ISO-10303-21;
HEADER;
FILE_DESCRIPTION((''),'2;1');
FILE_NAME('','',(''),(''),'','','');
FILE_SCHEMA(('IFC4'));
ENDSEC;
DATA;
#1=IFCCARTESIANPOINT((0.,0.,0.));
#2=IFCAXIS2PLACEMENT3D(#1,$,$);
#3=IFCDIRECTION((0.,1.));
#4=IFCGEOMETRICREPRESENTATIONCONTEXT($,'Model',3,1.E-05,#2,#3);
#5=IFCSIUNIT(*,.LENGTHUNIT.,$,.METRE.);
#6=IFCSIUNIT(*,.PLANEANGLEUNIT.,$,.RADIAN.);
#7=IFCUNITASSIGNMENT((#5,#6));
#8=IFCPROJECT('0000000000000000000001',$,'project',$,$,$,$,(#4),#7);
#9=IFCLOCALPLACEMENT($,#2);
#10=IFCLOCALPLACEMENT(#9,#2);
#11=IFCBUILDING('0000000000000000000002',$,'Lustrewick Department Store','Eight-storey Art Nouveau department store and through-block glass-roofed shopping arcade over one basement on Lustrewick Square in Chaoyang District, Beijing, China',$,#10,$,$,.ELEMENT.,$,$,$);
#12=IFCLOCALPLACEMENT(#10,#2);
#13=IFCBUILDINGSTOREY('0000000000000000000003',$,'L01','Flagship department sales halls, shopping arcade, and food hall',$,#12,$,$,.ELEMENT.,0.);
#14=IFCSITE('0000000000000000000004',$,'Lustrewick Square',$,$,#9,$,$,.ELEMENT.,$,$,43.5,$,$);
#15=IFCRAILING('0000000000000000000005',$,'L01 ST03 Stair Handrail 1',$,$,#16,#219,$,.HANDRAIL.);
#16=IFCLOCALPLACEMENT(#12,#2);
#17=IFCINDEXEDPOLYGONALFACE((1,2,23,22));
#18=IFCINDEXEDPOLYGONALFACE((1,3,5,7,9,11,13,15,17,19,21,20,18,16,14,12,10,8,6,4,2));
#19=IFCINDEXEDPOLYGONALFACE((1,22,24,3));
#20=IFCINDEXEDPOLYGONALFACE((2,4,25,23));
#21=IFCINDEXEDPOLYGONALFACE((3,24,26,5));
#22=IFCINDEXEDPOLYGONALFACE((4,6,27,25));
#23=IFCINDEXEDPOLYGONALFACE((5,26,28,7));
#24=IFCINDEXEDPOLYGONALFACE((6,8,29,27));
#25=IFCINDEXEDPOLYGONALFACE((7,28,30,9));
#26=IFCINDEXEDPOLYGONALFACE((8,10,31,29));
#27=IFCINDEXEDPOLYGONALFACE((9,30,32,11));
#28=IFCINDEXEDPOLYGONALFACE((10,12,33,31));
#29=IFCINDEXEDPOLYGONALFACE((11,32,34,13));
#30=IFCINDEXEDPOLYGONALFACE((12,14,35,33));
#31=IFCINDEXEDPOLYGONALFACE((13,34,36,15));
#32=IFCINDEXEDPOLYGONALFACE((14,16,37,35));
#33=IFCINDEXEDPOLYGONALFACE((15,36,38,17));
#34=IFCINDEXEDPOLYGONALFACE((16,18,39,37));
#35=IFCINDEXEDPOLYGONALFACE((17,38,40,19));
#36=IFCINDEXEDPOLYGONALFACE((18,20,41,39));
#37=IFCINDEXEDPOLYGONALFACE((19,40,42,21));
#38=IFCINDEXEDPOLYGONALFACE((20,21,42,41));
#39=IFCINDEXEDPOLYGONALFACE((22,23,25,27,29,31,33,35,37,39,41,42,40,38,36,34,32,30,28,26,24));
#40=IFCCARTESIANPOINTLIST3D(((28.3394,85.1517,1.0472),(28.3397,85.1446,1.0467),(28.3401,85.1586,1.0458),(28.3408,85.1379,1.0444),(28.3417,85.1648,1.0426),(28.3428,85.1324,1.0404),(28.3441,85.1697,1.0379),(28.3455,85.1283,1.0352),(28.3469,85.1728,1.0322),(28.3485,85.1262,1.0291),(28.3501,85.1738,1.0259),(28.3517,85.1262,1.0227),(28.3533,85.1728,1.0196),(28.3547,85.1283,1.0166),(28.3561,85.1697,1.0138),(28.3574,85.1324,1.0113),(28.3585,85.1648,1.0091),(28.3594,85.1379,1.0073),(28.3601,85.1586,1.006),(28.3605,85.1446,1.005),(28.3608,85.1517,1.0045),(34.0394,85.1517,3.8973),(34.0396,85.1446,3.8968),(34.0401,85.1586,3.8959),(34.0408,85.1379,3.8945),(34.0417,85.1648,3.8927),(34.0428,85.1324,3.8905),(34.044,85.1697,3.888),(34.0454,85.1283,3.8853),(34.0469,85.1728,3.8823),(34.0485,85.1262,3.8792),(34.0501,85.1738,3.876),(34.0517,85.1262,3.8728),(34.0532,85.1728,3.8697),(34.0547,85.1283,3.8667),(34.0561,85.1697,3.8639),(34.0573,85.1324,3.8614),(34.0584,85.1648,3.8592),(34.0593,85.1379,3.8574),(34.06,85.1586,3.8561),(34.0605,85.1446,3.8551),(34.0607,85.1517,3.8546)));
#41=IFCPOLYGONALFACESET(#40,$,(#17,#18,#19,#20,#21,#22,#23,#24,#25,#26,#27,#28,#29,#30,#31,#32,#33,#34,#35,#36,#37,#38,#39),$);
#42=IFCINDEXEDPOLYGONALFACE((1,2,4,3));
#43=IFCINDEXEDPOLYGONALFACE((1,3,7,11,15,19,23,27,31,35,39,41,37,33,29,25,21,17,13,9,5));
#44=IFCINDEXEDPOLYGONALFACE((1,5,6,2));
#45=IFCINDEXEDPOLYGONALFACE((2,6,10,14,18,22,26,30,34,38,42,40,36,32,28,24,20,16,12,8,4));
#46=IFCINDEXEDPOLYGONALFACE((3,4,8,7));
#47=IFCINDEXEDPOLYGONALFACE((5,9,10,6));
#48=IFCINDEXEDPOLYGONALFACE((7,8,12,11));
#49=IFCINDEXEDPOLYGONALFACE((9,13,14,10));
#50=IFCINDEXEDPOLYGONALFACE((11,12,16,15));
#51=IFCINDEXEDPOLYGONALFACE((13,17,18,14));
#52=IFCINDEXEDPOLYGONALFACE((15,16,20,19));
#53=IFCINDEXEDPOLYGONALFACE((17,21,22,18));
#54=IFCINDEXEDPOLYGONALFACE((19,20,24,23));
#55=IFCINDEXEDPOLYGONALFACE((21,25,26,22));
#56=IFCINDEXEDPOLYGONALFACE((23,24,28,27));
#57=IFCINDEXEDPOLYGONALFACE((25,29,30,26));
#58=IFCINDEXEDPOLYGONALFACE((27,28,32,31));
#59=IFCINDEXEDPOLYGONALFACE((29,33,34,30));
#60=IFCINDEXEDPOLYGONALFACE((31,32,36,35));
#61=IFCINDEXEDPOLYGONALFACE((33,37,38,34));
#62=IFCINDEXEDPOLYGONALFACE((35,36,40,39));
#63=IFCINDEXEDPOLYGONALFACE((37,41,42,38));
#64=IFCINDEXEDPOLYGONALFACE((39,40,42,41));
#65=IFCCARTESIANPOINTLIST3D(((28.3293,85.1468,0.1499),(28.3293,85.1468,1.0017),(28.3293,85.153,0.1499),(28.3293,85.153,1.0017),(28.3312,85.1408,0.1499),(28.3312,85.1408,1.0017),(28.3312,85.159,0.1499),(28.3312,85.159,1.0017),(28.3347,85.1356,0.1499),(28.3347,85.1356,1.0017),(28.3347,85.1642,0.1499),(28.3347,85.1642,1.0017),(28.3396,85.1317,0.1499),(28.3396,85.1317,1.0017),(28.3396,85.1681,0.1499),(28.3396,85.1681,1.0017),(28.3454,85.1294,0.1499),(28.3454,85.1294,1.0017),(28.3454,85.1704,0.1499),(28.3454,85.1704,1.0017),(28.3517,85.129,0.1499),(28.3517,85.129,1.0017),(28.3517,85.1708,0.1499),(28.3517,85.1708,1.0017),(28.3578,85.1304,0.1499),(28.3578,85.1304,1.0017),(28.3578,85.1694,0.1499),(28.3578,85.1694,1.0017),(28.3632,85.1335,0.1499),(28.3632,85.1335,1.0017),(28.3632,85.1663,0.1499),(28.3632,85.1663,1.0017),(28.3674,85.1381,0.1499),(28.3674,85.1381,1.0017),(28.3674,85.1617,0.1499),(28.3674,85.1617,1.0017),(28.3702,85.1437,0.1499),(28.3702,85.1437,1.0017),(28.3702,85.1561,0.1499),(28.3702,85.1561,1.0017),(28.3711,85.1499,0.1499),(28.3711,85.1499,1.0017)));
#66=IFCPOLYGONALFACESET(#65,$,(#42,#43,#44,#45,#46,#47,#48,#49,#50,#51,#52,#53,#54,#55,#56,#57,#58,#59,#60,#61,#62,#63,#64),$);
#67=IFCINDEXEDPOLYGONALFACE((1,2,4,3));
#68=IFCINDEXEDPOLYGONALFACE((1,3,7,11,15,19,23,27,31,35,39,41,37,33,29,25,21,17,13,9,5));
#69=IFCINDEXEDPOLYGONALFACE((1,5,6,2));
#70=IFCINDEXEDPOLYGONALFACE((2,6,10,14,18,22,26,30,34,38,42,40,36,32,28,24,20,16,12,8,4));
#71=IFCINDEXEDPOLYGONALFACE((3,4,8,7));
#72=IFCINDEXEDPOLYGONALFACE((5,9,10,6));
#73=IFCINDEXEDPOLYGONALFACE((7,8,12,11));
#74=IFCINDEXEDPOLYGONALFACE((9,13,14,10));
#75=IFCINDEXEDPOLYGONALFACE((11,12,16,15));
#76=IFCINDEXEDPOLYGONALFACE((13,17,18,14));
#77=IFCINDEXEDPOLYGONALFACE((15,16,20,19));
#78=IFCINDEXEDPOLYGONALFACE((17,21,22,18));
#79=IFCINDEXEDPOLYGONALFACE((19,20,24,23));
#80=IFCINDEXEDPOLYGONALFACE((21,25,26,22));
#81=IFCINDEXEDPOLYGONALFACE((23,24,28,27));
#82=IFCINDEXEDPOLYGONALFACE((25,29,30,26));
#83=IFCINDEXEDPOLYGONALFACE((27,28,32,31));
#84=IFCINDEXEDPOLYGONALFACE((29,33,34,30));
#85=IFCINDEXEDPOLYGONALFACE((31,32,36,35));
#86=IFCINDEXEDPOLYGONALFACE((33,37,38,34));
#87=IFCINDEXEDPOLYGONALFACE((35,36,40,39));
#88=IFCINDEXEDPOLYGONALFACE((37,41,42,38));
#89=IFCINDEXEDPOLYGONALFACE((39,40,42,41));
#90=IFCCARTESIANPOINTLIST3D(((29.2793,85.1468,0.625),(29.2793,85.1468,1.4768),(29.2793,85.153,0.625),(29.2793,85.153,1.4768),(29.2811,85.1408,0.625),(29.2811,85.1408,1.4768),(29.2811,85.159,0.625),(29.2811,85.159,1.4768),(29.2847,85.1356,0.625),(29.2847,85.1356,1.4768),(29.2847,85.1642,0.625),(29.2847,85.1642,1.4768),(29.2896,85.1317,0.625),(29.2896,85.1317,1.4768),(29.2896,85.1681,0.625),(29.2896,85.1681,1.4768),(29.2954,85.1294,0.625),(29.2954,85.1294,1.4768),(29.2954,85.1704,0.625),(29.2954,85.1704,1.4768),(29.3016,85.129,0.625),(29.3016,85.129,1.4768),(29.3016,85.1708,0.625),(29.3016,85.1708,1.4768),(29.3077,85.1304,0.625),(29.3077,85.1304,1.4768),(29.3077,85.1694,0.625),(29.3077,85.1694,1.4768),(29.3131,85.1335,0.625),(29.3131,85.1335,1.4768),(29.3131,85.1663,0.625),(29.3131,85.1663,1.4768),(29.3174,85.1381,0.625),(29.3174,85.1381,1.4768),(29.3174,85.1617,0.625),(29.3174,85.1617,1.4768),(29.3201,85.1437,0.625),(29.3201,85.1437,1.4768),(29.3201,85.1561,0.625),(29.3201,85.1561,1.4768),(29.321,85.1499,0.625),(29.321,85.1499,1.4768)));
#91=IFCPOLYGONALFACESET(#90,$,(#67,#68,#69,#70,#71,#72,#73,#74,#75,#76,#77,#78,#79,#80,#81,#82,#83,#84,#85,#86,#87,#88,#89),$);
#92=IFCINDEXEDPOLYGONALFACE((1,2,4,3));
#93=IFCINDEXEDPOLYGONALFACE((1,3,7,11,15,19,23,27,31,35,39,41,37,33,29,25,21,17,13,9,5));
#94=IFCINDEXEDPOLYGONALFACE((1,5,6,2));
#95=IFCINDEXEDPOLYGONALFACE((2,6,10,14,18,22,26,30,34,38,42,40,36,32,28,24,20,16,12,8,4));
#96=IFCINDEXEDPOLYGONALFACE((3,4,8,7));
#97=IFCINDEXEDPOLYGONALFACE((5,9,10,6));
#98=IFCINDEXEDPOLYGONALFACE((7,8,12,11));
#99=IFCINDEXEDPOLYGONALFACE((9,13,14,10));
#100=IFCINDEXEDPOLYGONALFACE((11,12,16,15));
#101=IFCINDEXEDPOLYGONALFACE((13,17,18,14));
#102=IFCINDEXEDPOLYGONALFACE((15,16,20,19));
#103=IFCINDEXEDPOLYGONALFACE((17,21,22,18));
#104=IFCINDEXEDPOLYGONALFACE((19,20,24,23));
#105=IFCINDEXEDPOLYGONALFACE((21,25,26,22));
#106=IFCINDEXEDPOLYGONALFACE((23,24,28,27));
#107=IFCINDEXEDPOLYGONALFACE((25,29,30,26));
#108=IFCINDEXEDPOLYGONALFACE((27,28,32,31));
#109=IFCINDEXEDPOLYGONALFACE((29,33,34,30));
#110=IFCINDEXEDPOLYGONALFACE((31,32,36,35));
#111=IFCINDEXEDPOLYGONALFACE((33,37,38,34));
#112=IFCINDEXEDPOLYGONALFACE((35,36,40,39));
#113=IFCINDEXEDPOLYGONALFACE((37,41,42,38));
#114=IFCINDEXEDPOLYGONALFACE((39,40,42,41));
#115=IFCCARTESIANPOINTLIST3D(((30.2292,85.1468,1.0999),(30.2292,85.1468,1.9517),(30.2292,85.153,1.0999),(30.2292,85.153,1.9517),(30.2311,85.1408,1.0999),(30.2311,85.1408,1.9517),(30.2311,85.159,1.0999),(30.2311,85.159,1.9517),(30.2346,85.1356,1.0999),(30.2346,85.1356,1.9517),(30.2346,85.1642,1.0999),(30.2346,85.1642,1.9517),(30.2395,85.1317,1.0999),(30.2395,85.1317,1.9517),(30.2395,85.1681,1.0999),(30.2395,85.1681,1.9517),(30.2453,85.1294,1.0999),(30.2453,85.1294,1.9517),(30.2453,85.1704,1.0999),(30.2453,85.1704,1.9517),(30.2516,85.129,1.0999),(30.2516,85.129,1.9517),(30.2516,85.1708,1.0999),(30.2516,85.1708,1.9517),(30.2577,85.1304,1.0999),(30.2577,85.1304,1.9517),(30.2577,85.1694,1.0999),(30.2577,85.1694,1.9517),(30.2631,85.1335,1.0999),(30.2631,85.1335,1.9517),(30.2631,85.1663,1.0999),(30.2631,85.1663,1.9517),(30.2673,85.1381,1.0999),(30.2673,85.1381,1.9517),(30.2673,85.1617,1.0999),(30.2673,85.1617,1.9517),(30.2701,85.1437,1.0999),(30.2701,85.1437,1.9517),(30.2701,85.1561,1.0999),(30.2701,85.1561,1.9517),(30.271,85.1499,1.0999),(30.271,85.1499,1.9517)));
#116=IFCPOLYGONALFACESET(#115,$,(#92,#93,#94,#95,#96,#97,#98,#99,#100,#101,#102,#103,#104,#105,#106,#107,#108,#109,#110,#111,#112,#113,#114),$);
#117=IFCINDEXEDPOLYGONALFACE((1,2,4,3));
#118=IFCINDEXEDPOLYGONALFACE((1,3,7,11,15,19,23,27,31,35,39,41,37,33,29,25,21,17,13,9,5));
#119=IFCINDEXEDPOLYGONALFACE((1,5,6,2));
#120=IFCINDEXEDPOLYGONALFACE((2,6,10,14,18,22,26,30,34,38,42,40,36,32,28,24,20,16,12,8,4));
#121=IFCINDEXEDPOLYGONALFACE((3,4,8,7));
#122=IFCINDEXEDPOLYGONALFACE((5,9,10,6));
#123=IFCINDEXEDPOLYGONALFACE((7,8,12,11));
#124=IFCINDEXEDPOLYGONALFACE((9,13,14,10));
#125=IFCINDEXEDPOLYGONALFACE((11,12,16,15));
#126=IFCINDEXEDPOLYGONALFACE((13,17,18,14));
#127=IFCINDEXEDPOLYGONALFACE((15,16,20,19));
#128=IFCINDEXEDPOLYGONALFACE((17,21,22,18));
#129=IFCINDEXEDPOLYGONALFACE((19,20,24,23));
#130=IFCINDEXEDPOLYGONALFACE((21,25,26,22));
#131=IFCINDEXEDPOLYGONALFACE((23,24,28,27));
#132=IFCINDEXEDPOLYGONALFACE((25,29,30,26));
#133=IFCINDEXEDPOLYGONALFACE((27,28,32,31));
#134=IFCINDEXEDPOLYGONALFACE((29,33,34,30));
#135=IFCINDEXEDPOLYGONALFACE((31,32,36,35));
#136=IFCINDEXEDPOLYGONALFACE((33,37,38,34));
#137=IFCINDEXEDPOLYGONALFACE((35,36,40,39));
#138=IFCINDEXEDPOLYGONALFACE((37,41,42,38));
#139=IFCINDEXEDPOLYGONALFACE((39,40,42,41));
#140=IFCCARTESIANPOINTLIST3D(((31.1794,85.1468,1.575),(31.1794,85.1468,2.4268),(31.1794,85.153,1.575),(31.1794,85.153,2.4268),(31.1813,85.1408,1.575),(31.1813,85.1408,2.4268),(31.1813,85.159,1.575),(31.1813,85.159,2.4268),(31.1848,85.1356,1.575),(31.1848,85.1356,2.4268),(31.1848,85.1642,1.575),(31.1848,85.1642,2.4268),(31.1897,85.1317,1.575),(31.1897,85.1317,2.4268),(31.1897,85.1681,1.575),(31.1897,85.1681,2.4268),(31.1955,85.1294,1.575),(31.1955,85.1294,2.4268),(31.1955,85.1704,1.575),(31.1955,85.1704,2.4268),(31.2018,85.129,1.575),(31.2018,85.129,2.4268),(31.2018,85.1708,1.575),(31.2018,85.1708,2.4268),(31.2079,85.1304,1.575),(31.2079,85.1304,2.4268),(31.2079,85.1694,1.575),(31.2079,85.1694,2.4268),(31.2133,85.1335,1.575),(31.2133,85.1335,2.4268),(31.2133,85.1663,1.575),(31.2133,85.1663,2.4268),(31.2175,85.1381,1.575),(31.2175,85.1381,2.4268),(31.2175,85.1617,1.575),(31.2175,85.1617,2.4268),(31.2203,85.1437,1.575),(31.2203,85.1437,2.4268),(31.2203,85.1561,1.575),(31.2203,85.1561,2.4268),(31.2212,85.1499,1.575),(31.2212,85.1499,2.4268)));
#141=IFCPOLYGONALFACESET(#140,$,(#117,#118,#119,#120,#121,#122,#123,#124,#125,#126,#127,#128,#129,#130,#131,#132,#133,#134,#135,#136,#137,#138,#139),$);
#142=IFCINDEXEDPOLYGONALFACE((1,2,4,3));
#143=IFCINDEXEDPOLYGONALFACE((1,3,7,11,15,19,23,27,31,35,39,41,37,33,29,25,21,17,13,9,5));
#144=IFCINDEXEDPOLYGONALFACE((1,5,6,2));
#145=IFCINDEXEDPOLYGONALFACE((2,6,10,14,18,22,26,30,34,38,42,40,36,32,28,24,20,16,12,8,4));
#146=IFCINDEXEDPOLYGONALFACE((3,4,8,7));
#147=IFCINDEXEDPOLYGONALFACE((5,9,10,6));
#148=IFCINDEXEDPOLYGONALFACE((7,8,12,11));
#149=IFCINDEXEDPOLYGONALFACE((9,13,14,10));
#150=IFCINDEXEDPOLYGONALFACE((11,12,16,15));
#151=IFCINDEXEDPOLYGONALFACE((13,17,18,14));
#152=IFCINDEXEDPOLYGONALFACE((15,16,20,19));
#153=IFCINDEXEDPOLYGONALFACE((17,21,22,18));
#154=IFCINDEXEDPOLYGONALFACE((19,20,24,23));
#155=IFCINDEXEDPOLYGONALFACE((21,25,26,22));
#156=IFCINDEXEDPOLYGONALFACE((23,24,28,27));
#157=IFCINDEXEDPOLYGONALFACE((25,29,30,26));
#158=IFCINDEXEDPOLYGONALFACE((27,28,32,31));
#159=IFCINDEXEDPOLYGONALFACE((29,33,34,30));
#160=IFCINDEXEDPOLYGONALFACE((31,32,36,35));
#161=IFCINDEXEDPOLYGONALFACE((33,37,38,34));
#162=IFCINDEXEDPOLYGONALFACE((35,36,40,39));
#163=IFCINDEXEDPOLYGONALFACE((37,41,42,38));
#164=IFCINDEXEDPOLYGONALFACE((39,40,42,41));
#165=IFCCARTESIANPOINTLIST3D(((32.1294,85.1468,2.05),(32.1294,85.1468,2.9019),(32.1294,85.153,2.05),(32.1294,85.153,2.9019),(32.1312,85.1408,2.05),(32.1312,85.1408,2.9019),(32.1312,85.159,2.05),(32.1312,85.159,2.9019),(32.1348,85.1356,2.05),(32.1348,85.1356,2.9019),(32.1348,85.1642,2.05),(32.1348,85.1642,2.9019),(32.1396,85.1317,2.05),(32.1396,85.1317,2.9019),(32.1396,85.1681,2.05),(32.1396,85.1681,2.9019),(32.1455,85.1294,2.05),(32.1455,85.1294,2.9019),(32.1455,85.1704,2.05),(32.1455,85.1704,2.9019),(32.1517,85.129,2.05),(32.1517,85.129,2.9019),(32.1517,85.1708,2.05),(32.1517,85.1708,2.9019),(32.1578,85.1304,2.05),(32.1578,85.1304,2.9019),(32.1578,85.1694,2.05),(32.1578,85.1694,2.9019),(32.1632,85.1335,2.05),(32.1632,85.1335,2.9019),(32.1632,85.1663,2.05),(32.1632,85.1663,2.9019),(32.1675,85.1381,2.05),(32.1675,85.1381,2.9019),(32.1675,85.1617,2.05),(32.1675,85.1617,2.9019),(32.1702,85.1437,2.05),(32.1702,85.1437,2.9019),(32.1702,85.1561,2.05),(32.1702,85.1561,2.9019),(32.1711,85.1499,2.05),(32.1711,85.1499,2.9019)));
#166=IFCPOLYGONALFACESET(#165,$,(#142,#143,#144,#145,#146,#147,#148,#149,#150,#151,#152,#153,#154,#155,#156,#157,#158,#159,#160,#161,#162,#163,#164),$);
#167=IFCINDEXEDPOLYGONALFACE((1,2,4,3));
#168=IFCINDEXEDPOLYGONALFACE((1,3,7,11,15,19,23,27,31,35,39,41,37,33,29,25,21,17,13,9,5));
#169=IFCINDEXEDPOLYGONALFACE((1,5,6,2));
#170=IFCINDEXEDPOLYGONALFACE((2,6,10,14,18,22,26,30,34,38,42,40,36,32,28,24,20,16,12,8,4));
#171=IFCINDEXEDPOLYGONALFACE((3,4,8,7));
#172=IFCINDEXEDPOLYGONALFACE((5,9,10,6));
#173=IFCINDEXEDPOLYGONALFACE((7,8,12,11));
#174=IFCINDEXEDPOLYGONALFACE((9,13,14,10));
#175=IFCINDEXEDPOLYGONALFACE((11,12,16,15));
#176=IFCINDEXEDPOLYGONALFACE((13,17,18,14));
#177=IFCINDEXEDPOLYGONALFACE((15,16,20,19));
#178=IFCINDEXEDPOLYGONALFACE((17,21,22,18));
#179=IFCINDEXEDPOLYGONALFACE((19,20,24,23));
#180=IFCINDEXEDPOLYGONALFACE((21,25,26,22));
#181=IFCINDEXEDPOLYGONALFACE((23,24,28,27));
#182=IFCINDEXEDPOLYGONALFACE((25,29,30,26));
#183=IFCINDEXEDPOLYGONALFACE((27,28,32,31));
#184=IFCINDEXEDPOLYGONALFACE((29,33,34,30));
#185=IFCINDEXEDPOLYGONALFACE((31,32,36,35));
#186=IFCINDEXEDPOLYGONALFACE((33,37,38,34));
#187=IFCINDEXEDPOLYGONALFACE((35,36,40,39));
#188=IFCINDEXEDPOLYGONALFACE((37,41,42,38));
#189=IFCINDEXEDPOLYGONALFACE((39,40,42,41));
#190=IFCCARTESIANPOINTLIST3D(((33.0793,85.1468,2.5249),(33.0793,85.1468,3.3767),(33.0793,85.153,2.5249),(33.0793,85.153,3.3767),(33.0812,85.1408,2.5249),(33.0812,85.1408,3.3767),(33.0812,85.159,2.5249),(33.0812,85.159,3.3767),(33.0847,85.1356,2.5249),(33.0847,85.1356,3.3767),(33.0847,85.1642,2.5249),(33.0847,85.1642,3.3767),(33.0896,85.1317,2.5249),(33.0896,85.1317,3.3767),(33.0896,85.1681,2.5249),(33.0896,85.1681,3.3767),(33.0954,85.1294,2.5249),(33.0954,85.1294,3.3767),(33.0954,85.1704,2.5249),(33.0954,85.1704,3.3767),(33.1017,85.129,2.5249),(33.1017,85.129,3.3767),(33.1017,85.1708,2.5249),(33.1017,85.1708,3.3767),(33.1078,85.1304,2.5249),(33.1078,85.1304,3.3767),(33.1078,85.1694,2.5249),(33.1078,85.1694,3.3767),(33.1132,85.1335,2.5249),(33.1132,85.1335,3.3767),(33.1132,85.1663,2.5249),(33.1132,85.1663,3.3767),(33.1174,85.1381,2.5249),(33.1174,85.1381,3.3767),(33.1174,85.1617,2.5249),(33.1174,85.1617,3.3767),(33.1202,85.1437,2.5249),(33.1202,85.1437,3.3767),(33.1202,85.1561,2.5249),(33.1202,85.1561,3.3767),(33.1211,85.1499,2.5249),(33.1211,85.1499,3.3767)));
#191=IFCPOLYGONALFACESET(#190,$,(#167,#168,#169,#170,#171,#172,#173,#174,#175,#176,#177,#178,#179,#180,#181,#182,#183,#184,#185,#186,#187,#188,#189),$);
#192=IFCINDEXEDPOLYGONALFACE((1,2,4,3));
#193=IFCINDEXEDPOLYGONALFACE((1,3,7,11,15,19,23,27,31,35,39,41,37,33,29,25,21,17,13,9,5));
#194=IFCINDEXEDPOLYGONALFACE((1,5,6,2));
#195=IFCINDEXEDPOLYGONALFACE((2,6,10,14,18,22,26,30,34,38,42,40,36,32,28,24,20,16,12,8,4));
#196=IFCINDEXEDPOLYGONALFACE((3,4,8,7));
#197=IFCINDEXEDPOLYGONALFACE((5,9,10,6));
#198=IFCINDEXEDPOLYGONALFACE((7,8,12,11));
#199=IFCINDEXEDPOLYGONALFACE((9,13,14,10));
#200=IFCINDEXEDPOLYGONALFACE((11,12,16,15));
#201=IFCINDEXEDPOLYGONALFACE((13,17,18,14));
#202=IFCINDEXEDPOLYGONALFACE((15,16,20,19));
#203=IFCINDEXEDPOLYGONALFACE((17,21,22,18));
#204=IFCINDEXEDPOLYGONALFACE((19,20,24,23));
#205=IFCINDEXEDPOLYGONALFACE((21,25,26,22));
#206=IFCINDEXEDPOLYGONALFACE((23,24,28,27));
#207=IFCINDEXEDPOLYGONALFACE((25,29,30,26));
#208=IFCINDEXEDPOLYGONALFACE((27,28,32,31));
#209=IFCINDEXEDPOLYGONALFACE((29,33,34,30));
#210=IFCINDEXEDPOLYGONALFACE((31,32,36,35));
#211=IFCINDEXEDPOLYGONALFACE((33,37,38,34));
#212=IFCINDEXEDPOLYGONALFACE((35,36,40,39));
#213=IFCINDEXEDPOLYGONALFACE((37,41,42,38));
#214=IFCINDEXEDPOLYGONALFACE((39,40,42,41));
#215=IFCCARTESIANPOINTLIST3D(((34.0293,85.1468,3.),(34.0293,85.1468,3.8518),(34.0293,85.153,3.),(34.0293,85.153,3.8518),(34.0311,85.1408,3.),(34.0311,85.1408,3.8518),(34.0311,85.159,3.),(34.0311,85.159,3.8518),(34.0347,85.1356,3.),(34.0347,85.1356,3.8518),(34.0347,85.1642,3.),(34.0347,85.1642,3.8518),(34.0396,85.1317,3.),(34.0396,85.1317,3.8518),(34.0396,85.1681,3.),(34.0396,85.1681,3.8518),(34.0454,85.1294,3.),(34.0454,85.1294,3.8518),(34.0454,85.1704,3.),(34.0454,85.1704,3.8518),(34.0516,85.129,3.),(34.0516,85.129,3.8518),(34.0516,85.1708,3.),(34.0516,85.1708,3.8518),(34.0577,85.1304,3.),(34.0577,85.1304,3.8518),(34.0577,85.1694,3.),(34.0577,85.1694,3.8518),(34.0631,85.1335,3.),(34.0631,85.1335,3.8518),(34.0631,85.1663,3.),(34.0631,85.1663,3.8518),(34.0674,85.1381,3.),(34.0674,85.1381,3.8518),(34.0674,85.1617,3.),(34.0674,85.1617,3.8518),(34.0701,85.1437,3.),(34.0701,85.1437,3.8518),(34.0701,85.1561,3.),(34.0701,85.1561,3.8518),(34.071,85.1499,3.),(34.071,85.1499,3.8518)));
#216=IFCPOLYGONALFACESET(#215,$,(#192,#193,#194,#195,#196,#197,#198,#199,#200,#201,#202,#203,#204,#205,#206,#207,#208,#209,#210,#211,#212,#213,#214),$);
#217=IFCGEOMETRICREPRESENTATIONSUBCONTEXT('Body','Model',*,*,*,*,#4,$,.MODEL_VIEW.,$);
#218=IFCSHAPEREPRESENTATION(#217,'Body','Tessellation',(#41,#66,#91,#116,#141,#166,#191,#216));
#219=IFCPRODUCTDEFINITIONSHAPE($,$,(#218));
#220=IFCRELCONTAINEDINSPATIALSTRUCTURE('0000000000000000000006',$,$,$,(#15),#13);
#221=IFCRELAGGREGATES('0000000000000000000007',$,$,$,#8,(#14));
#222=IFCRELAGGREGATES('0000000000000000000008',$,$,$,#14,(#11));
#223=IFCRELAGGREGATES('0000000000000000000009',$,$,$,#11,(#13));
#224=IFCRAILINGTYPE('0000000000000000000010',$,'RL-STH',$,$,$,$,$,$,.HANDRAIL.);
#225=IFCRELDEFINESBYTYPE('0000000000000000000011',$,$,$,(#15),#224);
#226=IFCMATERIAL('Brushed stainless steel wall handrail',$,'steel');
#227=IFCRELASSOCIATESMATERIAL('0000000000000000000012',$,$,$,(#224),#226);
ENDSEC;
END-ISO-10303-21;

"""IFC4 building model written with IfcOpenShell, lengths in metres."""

from ifc_helpers import new_model, si_unit, direction, frame, origin, origin_2d, place, context, subcontext, project, spatial, circle, extrude, material, type_object, element, save


model = new_model("IFC4")

# Units and contexts
model_context = context("Model", 3, precision=1e-05, world=origin(), true_north=direction((0.0, 1.0)))
body_context = subcontext(model_context, "Body", "Model", "MODEL_VIEW")
ifc_project = project(units=[si_unit("LENGTHUNIT", "METRE"), si_unit("PLANEANGLEUNIT", "RADIAN")], contexts=[model_context])

# Site, building, storey
site_placement = place(None, origin())
site = spatial("IfcSite", under=ifc_project, at=site_placement, Name="Lustrewick Square", CompositionType="ELEMENT", RefElevation=43.5)
building_placement = place(site_placement, origin())
building = spatial("IfcBuilding", under=site, at=building_placement, Name="Lustrewick Department Store", Description="Eight-storey Art Nouveau department store and through-block glass-roofed shopping arcade over one basement on Lustrewick Square in Chaoyang District, Beijing, China", CompositionType="ELEMENT")
storey_placement = place(building_placement, origin())
storey = spatial("IfcBuildingStorey", under=building, at=storey_placement, Name="L01", Description="Flagship department sales halls, shopping arcade, and food hall", CompositionType="ELEMENT", Elevation=0.0)

# Railing
ifc_material_1 = material(Name="Brushed stainless steel wall handrail", Category="steel")
railing_type_1 = type_object("IfcRailingType", Name="RL-STH", PredefinedType="HANDRAIL", material=ifc_material_1)
railing_1_placement = place(storey_placement, frame((28.3501, 85.1499, 0.1499)))
element("IfcRailing", 1, at=railing_1_placement, inside=storey, type_object=railing_type_1, Name="L01 ST03 Stair Handrail 1", PredefinedType="HANDRAIL", context=body_context, shape_type="SweptSolid", body=[
    extrude(circle(Radius=0.0239, at=origin_2d()), frame((0.0, 0.0, 0.876), z_axis=(0.89442, 0.0, 0.447229), x_axis=(0.0, 1.0, 0.0)), (0.0, 0.0, 1.0), 6.3728),
    extrude(circle(Radius=0.021, at=origin_2d()), origin(), (0.0, 0.0, 1.0), 0.8518),
    extrude(circle(Radius=0.021, at=origin_2d()), frame((0.95, 0.0, 0.4751)), (0.0, 0.0, 1.0), 0.8518),
    extrude(circle(Radius=0.021, at=origin_2d()), frame((1.8999, 0.0, 0.95)), (0.0, 0.0, 1.0), 0.8518),
    extrude(circle(Radius=0.021, at=origin_2d()), frame((2.8501, 0.0, 1.425)), (0.0, 0.0, 1.0), 0.8518),
    extrude(circle(Radius=0.021, at=origin_2d()), frame((3.8, 0.0, 1.9001)), (0.0, 0.0, 1.0), 0.8518),
    extrude(circle(Radius=0.021, at=origin_2d()), frame((4.75, 0.0, 2.375)), (0.0, 0.0, 1.0), 0.8518),
    extrude(circle(Radius=0.021, at=origin_2d()), frame((5.7, 0.0, 2.8501)), (0.0, 0.0, 1.0), 0.8518),
])

save(model, "model.ifc")
